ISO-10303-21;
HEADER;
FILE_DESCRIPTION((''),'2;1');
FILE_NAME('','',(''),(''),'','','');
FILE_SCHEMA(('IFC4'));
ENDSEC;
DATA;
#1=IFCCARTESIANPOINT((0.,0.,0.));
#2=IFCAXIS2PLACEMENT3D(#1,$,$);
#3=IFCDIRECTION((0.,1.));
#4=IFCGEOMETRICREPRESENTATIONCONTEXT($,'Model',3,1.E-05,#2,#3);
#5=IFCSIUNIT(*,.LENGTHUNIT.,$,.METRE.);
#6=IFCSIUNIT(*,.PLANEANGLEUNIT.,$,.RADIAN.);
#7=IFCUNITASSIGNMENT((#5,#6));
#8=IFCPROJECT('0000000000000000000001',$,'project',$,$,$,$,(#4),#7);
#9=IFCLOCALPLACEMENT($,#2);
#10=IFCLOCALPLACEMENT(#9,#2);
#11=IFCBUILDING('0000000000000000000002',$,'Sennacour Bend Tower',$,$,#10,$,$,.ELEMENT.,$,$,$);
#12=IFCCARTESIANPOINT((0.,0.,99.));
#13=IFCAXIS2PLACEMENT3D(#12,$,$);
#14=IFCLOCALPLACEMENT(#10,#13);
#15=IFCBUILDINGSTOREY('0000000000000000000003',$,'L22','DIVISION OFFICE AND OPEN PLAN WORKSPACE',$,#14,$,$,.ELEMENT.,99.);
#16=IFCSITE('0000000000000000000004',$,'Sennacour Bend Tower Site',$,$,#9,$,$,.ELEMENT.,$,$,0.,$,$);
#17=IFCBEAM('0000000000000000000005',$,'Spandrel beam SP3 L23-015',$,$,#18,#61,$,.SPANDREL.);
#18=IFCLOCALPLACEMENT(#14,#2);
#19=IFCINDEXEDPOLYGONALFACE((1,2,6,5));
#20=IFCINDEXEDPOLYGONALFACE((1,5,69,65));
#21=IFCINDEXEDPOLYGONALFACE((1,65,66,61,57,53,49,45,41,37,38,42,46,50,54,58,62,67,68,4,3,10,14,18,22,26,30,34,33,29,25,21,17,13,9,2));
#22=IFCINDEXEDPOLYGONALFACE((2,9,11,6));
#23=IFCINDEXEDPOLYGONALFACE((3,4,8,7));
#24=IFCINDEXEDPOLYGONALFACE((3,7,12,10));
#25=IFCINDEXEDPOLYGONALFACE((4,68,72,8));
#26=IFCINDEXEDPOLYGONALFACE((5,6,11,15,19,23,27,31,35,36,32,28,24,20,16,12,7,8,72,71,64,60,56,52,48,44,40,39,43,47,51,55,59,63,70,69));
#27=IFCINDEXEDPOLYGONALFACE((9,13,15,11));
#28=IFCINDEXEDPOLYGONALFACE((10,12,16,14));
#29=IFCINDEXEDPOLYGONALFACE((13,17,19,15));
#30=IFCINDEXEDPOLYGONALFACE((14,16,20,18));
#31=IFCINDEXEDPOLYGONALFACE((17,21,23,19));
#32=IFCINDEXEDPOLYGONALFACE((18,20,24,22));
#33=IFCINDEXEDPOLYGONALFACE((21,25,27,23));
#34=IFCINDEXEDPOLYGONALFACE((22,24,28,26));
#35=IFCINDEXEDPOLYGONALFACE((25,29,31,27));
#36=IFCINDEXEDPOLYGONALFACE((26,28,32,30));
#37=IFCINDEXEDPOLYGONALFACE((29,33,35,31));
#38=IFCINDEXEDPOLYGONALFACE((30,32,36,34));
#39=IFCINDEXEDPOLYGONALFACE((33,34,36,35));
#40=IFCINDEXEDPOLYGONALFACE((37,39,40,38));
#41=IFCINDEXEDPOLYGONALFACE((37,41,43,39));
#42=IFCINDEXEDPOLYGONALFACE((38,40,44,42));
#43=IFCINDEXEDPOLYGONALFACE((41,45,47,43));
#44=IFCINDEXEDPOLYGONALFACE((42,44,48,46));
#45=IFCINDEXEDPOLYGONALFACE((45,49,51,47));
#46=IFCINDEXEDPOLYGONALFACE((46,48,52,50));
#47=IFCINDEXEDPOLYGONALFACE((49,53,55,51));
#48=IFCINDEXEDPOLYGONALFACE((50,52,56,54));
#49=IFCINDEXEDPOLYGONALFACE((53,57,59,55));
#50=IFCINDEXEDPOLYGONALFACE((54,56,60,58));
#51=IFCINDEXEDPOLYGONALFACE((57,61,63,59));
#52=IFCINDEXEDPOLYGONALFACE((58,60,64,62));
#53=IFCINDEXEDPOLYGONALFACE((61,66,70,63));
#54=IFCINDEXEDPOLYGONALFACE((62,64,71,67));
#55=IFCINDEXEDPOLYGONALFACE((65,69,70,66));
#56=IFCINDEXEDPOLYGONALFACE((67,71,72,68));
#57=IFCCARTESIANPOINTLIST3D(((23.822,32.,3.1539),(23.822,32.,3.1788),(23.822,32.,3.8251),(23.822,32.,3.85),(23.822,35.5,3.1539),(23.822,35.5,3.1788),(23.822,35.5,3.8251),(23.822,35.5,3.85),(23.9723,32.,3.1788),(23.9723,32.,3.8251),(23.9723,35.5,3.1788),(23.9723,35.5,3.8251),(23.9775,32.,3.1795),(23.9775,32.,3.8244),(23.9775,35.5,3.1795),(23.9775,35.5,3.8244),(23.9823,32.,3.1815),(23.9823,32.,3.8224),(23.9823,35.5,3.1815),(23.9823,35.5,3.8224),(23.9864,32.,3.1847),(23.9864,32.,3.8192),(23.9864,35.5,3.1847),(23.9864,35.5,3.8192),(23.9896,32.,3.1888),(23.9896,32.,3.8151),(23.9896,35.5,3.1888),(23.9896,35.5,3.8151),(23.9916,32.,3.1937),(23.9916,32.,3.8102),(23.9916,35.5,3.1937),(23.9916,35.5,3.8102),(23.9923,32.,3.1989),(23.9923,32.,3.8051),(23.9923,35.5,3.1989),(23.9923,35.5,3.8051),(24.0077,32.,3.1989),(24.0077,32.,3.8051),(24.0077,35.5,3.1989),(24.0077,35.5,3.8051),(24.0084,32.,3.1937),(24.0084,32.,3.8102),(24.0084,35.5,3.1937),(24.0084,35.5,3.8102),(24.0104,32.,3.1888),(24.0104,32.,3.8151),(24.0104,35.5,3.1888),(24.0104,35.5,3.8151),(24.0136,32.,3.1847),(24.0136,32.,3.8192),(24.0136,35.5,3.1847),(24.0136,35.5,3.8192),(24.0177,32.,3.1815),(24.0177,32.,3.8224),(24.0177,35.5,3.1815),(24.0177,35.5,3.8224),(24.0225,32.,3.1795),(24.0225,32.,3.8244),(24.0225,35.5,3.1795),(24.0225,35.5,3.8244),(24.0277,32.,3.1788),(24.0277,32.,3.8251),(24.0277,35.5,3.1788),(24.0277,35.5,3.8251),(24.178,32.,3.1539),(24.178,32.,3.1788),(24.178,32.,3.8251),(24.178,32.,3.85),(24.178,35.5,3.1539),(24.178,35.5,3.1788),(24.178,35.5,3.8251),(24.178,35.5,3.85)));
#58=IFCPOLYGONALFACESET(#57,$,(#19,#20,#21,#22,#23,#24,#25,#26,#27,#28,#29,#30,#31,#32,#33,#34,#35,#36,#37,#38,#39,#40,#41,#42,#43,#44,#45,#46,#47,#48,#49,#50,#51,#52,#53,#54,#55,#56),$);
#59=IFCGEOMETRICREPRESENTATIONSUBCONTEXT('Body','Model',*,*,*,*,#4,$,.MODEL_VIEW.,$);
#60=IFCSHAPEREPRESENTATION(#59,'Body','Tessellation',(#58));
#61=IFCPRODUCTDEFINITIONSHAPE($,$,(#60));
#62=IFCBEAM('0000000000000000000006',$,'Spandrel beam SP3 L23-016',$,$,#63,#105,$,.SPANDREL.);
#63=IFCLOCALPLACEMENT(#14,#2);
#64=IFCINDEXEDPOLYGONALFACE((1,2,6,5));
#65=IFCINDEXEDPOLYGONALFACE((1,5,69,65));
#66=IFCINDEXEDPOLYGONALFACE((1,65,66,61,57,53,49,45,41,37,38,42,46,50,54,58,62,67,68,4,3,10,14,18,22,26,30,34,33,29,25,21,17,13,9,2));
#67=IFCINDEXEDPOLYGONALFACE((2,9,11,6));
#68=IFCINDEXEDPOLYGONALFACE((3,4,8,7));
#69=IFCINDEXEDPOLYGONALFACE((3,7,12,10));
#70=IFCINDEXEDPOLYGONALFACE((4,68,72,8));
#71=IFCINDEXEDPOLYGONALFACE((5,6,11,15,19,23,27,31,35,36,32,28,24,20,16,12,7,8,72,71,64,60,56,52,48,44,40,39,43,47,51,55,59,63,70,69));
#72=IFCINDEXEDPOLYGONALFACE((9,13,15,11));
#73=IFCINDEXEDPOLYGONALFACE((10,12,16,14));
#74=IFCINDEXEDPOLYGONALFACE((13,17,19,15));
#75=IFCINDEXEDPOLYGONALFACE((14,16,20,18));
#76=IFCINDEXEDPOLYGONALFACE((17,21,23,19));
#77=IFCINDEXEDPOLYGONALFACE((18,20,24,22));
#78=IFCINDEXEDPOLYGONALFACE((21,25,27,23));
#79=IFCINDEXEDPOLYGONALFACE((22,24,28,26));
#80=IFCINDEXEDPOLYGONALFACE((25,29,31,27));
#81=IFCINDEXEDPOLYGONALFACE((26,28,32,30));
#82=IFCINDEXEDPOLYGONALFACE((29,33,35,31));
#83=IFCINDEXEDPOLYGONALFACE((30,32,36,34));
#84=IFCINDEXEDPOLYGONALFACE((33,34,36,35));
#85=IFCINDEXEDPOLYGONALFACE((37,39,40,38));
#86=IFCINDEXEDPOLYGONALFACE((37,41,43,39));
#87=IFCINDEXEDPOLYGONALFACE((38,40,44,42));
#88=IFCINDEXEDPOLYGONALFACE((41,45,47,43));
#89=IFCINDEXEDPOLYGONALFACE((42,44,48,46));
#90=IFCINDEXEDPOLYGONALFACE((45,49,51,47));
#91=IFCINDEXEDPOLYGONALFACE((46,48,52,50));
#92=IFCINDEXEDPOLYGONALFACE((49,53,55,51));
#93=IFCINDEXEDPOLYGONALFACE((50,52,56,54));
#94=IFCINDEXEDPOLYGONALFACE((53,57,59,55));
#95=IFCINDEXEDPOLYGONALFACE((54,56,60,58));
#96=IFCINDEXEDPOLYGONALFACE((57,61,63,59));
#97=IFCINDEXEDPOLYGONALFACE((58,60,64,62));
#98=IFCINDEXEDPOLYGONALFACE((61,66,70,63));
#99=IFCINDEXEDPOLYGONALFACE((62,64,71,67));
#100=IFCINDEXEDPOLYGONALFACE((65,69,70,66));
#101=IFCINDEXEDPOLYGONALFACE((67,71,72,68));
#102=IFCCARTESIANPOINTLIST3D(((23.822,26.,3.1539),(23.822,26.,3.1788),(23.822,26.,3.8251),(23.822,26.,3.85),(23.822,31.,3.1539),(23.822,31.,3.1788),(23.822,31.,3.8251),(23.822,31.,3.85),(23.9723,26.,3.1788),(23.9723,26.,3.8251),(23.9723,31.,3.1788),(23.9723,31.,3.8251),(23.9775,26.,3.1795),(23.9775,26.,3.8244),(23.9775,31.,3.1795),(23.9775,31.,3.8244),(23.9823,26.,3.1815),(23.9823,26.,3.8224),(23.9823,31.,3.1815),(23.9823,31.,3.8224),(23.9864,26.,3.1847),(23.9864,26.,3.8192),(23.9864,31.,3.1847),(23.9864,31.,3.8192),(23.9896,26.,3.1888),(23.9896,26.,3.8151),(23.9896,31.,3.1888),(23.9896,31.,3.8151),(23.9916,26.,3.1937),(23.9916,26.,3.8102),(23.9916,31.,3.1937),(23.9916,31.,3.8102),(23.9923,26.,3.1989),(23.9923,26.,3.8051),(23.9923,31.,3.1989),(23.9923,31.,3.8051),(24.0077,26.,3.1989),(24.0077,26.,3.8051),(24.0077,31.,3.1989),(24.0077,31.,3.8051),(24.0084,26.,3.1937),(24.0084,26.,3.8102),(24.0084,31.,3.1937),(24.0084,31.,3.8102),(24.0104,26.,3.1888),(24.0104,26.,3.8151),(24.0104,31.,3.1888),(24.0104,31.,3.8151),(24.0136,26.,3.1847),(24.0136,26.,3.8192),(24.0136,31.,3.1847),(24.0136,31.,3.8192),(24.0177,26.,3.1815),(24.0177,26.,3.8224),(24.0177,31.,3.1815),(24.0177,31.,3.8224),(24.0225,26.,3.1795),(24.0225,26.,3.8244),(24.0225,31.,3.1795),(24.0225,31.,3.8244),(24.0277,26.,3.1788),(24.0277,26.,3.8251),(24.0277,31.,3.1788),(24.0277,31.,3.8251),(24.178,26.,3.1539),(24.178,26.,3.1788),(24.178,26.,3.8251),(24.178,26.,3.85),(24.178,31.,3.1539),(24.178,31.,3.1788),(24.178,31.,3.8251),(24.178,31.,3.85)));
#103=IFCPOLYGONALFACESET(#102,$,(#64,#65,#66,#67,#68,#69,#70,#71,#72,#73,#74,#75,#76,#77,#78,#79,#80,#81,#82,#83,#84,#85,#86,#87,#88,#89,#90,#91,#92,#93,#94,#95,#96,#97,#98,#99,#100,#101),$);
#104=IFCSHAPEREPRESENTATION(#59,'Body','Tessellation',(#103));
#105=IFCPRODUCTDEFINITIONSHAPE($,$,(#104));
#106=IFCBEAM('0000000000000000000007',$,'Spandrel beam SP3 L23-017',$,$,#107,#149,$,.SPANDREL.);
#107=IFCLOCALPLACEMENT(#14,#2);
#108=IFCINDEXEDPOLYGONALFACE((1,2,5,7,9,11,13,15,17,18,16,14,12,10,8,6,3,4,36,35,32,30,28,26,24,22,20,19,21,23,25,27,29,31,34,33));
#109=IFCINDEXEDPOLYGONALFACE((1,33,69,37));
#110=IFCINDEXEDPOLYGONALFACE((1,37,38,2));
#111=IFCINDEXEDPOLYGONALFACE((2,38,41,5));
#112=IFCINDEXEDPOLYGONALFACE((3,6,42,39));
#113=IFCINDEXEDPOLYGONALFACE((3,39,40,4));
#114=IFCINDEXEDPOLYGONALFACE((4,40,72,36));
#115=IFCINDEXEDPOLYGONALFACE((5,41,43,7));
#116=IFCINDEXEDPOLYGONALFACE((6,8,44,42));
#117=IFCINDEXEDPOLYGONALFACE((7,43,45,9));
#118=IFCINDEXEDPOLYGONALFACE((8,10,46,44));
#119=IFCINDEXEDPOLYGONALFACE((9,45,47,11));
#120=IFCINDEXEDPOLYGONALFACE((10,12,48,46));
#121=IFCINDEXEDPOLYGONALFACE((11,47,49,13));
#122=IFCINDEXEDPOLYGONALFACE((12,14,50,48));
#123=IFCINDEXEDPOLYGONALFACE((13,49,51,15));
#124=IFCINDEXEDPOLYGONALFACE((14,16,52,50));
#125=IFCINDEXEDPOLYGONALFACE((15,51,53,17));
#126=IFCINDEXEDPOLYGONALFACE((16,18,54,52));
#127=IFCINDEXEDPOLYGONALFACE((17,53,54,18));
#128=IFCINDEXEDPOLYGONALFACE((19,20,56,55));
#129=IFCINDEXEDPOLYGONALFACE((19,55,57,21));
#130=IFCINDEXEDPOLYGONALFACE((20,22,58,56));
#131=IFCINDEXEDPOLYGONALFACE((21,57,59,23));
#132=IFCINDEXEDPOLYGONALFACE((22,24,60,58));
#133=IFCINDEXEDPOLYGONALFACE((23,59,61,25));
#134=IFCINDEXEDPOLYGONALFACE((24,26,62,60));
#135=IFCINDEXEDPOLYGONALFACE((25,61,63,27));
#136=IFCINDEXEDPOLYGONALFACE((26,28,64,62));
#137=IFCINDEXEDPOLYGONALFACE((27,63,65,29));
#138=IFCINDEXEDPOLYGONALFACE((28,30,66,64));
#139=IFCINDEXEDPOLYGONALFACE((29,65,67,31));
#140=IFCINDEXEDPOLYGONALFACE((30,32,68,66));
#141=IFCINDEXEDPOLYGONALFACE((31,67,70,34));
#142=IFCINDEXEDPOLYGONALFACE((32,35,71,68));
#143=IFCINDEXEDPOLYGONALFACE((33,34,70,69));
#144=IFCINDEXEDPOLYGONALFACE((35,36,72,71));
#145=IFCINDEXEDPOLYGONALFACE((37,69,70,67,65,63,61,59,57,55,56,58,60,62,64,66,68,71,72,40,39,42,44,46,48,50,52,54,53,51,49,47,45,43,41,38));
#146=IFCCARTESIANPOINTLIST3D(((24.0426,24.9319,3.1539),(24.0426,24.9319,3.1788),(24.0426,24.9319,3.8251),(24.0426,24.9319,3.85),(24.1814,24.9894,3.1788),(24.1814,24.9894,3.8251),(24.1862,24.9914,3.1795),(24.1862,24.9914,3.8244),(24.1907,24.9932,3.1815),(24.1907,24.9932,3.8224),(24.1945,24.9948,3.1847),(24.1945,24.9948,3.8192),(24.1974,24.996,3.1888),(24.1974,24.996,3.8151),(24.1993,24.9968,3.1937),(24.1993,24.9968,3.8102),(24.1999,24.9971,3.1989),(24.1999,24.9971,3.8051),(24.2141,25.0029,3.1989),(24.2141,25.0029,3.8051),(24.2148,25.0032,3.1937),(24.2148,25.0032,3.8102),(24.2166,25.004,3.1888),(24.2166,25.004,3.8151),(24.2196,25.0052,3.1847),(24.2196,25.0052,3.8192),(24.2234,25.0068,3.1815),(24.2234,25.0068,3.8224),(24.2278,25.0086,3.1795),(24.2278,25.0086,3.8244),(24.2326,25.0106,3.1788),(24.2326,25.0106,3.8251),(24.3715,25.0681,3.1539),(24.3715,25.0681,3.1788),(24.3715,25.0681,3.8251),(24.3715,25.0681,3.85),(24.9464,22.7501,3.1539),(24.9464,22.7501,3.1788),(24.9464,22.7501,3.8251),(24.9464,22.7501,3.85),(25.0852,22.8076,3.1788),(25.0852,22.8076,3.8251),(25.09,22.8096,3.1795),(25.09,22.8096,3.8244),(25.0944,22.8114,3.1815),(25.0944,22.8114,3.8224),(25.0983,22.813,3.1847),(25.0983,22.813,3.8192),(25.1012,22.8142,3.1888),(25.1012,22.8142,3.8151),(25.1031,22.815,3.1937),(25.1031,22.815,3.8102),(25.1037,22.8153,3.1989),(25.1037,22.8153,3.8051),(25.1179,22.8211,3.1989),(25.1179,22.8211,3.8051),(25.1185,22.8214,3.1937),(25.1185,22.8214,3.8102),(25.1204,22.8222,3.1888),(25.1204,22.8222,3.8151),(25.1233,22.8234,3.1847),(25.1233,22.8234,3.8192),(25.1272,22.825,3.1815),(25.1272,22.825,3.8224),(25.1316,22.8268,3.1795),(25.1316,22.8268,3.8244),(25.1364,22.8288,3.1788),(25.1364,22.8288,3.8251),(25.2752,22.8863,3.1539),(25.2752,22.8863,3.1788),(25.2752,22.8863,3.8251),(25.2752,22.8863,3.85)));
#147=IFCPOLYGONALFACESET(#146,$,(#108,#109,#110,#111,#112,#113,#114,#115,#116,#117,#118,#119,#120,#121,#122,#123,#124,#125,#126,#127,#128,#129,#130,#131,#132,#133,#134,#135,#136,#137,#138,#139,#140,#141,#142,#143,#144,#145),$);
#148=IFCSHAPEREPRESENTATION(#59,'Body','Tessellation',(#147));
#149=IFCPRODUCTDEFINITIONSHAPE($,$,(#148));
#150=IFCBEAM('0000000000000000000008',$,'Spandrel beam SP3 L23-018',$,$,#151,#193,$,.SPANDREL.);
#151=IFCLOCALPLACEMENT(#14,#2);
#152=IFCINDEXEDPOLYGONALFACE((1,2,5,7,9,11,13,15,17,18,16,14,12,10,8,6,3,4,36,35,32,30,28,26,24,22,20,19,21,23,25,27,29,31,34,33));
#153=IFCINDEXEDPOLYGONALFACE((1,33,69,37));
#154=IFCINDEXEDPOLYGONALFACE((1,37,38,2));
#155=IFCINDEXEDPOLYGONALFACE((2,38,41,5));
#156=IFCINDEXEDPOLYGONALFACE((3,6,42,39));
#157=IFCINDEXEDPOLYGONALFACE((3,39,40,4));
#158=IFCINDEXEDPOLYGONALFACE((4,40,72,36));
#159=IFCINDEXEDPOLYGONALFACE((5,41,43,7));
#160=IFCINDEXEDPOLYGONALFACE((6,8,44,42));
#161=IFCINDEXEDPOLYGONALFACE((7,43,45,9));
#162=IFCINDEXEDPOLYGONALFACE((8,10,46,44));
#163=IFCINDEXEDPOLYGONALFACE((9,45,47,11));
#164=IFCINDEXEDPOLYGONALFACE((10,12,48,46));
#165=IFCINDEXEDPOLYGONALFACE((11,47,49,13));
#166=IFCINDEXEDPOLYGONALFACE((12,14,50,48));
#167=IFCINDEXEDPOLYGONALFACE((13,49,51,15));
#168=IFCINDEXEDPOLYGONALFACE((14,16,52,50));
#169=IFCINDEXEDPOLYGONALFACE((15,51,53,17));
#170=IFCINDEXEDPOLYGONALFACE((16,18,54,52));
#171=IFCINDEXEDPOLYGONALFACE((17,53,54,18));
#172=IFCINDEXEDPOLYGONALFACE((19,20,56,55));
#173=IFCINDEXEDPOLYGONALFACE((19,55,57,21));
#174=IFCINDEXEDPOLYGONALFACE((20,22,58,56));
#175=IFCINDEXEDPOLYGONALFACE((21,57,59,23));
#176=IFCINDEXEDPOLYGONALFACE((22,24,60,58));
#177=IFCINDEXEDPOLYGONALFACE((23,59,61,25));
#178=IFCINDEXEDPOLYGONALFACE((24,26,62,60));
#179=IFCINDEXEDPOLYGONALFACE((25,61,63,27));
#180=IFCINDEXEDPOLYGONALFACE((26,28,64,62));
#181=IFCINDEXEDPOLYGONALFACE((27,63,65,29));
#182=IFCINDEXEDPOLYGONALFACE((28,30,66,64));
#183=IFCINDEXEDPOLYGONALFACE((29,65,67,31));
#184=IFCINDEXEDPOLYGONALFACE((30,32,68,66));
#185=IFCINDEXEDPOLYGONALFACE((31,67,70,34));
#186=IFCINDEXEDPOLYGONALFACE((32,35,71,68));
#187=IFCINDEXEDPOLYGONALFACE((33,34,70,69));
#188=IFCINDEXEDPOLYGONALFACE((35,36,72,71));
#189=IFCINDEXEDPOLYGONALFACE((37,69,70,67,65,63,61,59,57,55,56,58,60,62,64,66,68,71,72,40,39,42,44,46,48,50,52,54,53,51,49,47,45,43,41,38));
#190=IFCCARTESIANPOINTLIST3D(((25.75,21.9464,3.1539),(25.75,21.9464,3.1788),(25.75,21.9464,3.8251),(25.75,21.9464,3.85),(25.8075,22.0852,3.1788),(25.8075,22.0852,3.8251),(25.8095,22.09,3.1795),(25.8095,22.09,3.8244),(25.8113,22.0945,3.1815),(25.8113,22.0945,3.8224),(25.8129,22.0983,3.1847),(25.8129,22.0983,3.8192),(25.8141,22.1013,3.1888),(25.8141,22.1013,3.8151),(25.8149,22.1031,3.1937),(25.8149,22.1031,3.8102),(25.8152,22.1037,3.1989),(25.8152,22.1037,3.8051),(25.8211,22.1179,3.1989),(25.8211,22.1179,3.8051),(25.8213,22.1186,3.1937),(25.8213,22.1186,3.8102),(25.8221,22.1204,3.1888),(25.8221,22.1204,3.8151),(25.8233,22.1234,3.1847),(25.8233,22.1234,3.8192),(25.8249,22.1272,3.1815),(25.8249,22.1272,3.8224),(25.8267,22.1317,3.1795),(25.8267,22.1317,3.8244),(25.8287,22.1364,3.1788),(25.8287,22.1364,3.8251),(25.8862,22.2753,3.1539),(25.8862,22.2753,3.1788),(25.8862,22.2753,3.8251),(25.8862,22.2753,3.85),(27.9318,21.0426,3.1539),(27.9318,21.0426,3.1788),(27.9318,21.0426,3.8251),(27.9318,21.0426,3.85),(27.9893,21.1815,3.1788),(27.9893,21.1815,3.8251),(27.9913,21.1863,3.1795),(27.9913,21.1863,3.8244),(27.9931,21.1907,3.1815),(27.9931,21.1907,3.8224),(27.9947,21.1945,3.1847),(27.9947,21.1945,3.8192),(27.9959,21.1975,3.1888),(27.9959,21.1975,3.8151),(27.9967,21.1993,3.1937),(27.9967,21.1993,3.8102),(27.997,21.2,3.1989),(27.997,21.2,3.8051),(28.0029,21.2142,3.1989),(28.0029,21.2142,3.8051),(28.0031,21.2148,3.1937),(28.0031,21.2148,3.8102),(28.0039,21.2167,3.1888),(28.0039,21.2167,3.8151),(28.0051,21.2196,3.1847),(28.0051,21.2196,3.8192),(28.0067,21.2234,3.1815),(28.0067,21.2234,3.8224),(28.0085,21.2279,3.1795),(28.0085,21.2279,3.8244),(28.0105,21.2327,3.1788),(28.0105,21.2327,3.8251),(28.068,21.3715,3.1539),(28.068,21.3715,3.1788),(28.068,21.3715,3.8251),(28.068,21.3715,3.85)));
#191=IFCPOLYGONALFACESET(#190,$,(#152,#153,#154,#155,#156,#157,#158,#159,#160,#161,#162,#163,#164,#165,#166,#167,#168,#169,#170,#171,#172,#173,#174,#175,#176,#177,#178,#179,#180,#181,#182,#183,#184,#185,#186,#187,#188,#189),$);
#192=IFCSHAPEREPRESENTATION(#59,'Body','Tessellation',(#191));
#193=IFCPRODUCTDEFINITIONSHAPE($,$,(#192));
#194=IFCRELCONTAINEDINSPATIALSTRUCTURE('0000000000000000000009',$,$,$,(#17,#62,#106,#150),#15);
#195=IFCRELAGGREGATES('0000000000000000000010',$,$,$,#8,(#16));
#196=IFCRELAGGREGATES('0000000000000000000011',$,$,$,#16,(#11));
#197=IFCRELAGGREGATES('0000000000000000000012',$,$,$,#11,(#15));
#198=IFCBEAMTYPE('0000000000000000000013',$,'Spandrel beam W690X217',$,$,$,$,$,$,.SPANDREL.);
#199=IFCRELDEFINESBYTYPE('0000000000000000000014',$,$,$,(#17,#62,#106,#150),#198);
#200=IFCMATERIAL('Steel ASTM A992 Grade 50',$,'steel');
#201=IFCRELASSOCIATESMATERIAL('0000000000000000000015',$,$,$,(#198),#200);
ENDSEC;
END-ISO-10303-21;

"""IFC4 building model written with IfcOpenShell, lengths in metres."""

from ifc_helpers import new_model, si_unit, direction, frame, origin, origin_2d, place, context, subcontext, project, spatial, i_section, extrude, material, material_profile, profile_set, type_object, element, save


model = new_model("IFC4")

# Units and contexts
model_context = context("Model", 3, precision=1e-05, world=origin(), true_north=direction((0.0, 1.0)))
body_context = subcontext(model_context, "Body", "Model", "MODEL_VIEW")
ifc_project = project(units=[si_unit("LENGTHUNIT", "METRE"), si_unit("PLANEANGLEUNIT", "RADIAN")], contexts=[model_context])

# Site, building, storey
site_placement = place(None, origin())
site = spatial("IfcSite", under=ifc_project, at=site_placement, Name="Sennacour Bend Tower Site", CompositionType="ELEMENT", RefElevation=0.0)
building_placement = place(site_placement, origin())
building = spatial("IfcBuilding", under=site, at=building_placement, Name="Sennacour Bend Tower", CompositionType="ELEMENT")
storey_placement = place(building_placement, frame((0.0, 0.0, 99.0)))
storey = spatial("IfcBuildingStorey", under=building, at=storey_placement, Name="L22", Description="DIVISION OFFICE AND OPEN PLAN WORKSPACE", CompositionType="ELEMENT", Elevation=99.0)

# Beams
ifc_material_1 = material(Name="Steel ASTM A992 Grade 50", Category="steel")
ifc_material_profile_1 = material_profile(ifc_material_1, i_section(OverallWidth=0.356, OverallDepth=0.696, WebThickness=0.0154, FlangeThickness=0.0249, FilletRadius=0.02, at=origin_2d()), Name="Steel ASTM A992 Grade 50", Category="steel")
ifc_profile_set_1 = profile_set([ifc_material_profile_1], Name="Steel ASTM A992 Grade 50")
beam_type_1 = type_object("IfcBeamType", Name="Spandrel beam W690X217", PredefinedType="SPANDREL", material=ifc_profile_set_1)
beam_1_placement = place(storey_placement, frame((24.0, 35.5, 3.502), z_axis=(0.0, -1.0, 0.0), x_axis=(1.0, 0.0, 0.0)))
element("IfcBeam", 1, at=beam_1_placement, inside=storey, type_object=beam_type_1, Name="Spandrel beam SP3 L23-015", PredefinedType="SPANDREL", context=body_context, shape_type="SweptSolid", body=[
    extrude(i_section(OverallWidth=0.356, OverallDepth=0.696, WebThickness=0.0154, FlangeThickness=0.0249, FilletRadius=0.02, at=origin_2d()), origin(), (0.0, 0.0, 1.0), 3.5),
])
beam_2_placement = place(storey_placement, frame((24.0, 31.0, 3.502), z_axis=(0.0, -1.0, 0.0), x_axis=(1.0, 0.0, 0.0)))
element("IfcBeam", 2, at=beam_2_placement, inside=storey, type_object=beam_type_1, Name="Spandrel beam SP3 L23-016", PredefinedType="SPANDREL", context=body_context, shape_type="SweptSolid", body=[
    extrude(i_section(OverallWidth=0.356, OverallDepth=0.696, WebThickness=0.0154, FlangeThickness=0.0249, FilletRadius=0.02, at=origin_2d()), origin(), (0.0, 0.0, 1.0), 5.0),
])
for number, where, z_axis, x_axis, name in (
    (3, (24.207, 25.0, 3.502), (0.382699, -0.923873, 0.0), (0.923873, 0.382699, 0.0), "Spandrel beam SP3 L23-017"),
    (4, (25.8181, 22.1108, 3.502), (0.923873, -0.382699, 0.0), (0.382699, 0.923873, 0.0), "Spandrel beam SP3 L23-018"),
):
    element("IfcBeam", number, at=place(storey_placement, frame(where, z_axis=z_axis, x_axis=x_axis)), inside=storey, type_object=beam_type_1, Name=name, PredefinedType="SPANDREL", context=body_context, shape_type="SweptSolid", body=[
        extrude(i_section(OverallWidth=0.356, OverallDepth=0.696, WebThickness=0.0154, FlangeThickness=0.0249, FilletRadius=0.02, at=origin_2d()), origin(), (0.0, 0.0, 1.0), 2.3616),
    ])

save(model, "model.ifc")
